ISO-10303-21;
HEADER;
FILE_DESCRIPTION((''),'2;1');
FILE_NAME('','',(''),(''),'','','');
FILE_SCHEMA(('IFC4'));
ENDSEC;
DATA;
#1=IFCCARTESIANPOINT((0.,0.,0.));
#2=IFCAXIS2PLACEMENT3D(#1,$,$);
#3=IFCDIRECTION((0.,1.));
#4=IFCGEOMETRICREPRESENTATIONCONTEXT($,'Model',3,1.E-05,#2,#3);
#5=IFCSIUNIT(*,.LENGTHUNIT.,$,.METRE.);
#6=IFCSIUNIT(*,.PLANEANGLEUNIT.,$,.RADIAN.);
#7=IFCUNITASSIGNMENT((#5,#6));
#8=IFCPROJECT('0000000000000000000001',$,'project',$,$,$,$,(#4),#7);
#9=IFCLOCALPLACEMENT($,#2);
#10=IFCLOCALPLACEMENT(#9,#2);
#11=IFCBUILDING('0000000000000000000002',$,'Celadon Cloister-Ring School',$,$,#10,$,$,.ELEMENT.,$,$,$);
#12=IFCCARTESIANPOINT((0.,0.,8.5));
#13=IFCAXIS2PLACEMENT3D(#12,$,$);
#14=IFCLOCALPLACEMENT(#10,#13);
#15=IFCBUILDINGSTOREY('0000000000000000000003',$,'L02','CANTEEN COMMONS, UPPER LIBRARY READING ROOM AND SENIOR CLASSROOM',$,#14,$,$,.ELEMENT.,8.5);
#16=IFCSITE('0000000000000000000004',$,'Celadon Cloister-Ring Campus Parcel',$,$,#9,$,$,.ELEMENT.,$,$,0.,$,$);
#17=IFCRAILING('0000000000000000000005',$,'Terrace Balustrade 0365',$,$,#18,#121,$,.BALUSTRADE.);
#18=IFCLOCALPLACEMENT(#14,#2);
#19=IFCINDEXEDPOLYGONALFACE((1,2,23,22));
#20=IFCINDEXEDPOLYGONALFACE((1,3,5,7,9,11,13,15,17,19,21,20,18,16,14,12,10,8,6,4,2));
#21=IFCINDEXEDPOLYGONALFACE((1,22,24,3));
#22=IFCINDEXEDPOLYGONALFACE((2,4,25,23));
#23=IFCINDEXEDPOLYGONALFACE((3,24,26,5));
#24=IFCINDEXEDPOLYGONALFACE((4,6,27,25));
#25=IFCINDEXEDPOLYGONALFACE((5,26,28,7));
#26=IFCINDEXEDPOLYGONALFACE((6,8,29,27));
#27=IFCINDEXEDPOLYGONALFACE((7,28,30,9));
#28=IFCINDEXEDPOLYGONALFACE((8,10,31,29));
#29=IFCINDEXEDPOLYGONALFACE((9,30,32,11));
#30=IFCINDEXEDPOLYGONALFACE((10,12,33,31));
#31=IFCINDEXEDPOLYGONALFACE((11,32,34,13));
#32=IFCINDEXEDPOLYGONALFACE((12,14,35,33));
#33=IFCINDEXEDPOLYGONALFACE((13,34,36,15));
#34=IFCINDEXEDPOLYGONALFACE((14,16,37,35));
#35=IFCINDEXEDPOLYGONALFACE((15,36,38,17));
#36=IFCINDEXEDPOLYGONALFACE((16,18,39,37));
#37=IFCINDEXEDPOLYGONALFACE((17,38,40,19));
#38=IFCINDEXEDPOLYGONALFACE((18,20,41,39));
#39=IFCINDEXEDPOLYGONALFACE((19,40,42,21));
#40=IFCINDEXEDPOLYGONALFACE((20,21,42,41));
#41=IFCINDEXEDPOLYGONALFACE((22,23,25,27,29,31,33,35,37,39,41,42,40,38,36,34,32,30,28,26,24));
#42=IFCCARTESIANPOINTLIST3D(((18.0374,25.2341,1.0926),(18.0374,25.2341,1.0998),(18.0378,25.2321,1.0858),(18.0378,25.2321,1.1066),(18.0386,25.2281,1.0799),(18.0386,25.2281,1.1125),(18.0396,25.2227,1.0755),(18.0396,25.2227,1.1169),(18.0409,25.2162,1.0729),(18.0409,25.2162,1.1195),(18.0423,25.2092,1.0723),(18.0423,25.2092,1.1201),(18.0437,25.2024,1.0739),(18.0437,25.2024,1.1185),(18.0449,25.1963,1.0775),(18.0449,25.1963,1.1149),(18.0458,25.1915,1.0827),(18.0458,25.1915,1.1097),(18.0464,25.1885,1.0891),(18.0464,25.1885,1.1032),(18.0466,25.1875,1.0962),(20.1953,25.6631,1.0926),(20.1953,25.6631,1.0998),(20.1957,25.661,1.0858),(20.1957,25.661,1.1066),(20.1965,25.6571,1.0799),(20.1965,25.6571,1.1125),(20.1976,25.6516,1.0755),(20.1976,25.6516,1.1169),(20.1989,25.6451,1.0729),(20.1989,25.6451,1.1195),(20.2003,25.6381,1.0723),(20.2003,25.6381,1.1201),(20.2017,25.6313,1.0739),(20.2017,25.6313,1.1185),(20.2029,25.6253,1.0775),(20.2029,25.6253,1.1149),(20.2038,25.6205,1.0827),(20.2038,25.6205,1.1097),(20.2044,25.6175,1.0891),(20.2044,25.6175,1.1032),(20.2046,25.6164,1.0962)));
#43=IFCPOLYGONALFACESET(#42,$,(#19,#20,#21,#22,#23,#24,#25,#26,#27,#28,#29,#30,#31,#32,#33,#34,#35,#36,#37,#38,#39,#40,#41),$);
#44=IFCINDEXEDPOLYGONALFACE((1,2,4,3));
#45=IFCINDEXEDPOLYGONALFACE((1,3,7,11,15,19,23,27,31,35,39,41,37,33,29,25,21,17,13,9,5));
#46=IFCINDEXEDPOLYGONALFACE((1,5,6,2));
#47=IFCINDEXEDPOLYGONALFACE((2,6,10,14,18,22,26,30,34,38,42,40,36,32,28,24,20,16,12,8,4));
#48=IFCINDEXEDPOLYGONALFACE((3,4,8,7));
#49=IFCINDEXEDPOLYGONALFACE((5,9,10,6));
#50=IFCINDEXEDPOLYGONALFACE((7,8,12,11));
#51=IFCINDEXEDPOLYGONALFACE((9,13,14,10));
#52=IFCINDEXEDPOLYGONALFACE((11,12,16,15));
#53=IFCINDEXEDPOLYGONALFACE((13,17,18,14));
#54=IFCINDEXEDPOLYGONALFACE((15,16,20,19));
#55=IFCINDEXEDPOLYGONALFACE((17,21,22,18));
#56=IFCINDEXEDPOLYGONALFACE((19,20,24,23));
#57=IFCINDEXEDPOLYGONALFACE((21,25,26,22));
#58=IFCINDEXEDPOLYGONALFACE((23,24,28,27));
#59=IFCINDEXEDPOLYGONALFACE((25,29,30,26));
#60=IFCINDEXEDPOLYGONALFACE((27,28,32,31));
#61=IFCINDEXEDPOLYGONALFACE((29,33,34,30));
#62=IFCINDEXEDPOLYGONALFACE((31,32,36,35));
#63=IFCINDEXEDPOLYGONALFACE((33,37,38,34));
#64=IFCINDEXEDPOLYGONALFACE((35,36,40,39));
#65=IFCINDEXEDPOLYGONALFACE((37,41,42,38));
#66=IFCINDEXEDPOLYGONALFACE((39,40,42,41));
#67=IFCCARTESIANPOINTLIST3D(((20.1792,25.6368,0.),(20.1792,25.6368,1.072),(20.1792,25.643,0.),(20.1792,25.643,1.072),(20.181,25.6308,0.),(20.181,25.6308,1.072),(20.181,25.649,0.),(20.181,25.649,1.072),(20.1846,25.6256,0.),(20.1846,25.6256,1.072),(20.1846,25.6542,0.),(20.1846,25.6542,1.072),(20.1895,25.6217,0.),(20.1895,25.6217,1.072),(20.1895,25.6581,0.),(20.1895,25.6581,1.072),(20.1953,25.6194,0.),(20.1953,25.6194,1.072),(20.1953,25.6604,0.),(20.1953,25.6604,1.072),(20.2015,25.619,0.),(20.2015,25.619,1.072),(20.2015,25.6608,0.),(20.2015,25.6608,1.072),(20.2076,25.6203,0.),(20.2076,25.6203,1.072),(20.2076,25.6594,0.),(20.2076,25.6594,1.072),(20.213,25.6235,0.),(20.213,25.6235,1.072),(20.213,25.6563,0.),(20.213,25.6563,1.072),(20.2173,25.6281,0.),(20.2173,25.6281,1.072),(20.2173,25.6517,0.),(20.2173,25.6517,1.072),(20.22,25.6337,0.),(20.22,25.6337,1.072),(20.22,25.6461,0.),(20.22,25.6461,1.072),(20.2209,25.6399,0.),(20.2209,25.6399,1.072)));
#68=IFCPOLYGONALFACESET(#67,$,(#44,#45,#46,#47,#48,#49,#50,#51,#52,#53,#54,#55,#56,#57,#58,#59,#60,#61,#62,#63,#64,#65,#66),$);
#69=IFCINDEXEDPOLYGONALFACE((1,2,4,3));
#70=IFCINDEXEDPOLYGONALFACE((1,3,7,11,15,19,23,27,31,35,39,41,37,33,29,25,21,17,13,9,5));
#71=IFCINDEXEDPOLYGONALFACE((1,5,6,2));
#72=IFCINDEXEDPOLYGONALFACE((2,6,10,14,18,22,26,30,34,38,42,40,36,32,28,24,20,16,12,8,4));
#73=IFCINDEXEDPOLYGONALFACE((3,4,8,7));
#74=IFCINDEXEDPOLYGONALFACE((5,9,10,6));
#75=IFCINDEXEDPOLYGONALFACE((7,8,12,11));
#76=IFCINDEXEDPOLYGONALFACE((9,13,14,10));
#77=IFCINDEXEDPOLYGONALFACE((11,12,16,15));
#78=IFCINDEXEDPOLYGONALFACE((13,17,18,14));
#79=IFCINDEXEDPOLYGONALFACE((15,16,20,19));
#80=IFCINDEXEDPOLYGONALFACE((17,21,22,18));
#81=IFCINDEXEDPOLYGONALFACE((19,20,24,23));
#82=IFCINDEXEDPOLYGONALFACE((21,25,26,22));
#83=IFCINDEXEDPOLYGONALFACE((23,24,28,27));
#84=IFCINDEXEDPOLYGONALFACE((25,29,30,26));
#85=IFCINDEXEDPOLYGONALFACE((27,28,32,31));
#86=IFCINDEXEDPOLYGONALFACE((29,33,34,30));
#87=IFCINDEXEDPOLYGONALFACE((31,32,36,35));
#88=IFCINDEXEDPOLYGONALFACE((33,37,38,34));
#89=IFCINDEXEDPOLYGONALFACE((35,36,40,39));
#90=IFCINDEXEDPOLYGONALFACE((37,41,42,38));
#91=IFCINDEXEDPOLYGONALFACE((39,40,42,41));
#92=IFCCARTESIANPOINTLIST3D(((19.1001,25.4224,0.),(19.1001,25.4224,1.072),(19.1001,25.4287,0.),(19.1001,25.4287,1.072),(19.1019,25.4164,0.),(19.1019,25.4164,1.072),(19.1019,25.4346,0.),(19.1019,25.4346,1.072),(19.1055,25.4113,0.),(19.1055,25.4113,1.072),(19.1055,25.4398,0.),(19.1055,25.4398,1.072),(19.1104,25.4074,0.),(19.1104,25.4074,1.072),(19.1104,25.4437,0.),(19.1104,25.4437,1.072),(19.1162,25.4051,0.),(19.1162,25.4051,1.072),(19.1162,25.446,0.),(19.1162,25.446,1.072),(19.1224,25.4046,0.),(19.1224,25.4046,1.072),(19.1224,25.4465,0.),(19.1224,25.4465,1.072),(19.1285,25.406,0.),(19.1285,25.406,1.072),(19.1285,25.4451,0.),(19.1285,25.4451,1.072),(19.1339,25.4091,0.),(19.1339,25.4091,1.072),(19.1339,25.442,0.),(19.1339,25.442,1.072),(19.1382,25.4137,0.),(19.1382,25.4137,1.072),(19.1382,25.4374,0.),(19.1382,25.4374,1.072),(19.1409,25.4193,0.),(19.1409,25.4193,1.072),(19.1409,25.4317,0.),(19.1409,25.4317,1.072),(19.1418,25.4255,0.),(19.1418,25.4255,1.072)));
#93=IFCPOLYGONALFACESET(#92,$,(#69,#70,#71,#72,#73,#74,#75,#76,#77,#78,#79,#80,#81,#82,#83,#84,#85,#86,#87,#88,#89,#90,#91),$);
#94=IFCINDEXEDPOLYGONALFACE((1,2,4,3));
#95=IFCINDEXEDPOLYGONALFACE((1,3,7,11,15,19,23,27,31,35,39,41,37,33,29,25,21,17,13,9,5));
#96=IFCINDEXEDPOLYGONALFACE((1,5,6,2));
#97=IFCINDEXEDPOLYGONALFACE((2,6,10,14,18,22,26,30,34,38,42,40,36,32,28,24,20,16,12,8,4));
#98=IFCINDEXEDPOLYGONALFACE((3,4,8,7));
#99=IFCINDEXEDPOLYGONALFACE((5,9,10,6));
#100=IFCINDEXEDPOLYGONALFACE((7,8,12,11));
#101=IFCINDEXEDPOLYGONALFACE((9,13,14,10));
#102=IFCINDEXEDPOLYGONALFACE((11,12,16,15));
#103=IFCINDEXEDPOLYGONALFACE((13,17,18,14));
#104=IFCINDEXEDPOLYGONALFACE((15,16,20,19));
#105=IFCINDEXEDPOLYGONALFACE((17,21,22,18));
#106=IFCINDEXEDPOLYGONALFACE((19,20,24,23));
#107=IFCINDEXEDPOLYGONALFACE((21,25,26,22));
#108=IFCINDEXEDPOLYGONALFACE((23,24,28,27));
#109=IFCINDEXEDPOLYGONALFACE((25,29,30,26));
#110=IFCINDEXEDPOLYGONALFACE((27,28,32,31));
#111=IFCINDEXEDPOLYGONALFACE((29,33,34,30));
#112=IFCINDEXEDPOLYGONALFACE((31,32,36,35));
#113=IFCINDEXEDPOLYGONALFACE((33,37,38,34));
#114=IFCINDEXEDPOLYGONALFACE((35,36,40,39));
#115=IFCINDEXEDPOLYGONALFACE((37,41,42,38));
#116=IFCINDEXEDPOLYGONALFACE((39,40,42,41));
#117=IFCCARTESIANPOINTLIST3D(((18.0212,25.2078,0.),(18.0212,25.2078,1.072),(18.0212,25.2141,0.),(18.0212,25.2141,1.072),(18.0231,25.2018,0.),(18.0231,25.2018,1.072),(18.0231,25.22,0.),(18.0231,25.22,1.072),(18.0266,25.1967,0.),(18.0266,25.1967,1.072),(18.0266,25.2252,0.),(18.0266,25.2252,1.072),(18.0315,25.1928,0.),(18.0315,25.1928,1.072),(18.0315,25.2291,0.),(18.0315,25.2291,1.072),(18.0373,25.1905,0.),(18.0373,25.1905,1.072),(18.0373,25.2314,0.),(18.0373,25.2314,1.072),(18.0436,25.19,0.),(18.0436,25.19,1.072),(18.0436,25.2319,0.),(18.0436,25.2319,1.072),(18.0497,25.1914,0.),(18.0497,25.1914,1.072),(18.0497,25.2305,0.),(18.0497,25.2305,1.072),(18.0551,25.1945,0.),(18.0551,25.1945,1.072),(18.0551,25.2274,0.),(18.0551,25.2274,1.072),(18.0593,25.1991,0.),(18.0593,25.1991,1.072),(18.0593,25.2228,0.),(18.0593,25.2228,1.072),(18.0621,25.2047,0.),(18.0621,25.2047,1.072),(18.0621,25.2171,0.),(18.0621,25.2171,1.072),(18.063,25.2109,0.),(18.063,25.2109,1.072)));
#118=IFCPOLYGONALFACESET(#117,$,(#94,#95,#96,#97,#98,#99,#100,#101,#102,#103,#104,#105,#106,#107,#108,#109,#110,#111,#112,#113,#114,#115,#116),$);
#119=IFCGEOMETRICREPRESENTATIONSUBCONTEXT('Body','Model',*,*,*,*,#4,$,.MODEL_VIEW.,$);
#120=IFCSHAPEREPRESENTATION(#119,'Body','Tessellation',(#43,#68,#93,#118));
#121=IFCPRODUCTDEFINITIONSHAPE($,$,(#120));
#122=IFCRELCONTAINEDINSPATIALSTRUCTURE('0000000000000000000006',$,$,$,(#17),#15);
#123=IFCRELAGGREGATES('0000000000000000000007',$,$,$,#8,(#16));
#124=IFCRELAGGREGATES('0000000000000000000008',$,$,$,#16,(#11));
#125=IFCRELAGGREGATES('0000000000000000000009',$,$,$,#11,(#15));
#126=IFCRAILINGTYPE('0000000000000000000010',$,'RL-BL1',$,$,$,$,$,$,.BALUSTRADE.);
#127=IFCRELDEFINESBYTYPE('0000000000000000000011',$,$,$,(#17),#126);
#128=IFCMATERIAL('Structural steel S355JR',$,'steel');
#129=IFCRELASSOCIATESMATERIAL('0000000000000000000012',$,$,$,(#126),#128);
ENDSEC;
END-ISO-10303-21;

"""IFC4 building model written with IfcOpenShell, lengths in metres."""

from ifc_helpers import new_model, si_unit, direction, frame, origin, origin_2d, place, context, subcontext, project, spatial, circle, extrude, material, type_object, element, save


model = new_model("IFC4")

# Units and contexts
model_context = context("Model", 3, precision=1e-05, world=origin(), true_north=direction((0.0, 1.0)))
body_context = subcontext(model_context, "Body", "Model", "MODEL_VIEW")
ifc_project = project(units=[si_unit("LENGTHUNIT", "METRE"), si_unit("PLANEANGLEUNIT", "RADIAN")], contexts=[model_context])

# Site, building, storey
site_placement = place(None, origin())
site = spatial("IfcSite", under=ifc_project, at=site_placement, Name="Celadon Cloister-Ring Campus Parcel", CompositionType="ELEMENT", RefElevation=0.0)
building_placement = place(site_placement, origin())
building = spatial("IfcBuilding", under=site, at=building_placement, Name="Celadon Cloister-Ring School", CompositionType="ELEMENT")
storey_placement = place(building_placement, frame((0.0, 0.0, 8.5)))
storey = spatial("IfcBuildingStorey", under=building, at=storey_placement, Name="L02", Description="CANTEEN COMMONS, UPPER LIBRARY READING ROOM AND SENIOR CLASSROOM", CompositionType="ELEMENT", Elevation=8.5)

# Railing
ifc_material_1 = material(Name="Structural steel S355JR", Category="steel")
railing_type = type_object("IfcRailingType", Name="RL-BL1", PredefinedType="BALUSTRADE", material=ifc_material_1)
railing_placement = place(storey_placement, frame((20.2, 25.6399, 0.0)))
element("IfcRailing", 1, at=railing_placement, inside=storey, type_object=railing_type, Name="Terrace Balustrade 0365", PredefinedType="BALUSTRADE", context=body_context, shape_type="SweptSolid", body=[
    extrude(circle(Radius=0.0239, at=origin_2d()), frame((0.0, 0.0, 1.0962), z_axis=(-0.98081, -0.194964, 0.0), x_axis=(0.194964, -0.98081, 0.0)), (0.0, 0.0, 1.0), 2.2002),
    extrude(circle(Radius=0.021, at=origin_2d()), origin(), (0.0, 0.0, 1.0), 1.072),
    extrude(circle(Radius=0.021, at=origin_2d()), frame((-1.0791, -0.2144, 0.0)), (0.0, 0.0, 1.0), 1.072),
    extrude(circle(Radius=0.021, at=origin_2d()), frame((-2.158, -0.429, 0.0)), (0.0, 0.0, 1.0), 1.072),
])

save(model, "model.ifc")
